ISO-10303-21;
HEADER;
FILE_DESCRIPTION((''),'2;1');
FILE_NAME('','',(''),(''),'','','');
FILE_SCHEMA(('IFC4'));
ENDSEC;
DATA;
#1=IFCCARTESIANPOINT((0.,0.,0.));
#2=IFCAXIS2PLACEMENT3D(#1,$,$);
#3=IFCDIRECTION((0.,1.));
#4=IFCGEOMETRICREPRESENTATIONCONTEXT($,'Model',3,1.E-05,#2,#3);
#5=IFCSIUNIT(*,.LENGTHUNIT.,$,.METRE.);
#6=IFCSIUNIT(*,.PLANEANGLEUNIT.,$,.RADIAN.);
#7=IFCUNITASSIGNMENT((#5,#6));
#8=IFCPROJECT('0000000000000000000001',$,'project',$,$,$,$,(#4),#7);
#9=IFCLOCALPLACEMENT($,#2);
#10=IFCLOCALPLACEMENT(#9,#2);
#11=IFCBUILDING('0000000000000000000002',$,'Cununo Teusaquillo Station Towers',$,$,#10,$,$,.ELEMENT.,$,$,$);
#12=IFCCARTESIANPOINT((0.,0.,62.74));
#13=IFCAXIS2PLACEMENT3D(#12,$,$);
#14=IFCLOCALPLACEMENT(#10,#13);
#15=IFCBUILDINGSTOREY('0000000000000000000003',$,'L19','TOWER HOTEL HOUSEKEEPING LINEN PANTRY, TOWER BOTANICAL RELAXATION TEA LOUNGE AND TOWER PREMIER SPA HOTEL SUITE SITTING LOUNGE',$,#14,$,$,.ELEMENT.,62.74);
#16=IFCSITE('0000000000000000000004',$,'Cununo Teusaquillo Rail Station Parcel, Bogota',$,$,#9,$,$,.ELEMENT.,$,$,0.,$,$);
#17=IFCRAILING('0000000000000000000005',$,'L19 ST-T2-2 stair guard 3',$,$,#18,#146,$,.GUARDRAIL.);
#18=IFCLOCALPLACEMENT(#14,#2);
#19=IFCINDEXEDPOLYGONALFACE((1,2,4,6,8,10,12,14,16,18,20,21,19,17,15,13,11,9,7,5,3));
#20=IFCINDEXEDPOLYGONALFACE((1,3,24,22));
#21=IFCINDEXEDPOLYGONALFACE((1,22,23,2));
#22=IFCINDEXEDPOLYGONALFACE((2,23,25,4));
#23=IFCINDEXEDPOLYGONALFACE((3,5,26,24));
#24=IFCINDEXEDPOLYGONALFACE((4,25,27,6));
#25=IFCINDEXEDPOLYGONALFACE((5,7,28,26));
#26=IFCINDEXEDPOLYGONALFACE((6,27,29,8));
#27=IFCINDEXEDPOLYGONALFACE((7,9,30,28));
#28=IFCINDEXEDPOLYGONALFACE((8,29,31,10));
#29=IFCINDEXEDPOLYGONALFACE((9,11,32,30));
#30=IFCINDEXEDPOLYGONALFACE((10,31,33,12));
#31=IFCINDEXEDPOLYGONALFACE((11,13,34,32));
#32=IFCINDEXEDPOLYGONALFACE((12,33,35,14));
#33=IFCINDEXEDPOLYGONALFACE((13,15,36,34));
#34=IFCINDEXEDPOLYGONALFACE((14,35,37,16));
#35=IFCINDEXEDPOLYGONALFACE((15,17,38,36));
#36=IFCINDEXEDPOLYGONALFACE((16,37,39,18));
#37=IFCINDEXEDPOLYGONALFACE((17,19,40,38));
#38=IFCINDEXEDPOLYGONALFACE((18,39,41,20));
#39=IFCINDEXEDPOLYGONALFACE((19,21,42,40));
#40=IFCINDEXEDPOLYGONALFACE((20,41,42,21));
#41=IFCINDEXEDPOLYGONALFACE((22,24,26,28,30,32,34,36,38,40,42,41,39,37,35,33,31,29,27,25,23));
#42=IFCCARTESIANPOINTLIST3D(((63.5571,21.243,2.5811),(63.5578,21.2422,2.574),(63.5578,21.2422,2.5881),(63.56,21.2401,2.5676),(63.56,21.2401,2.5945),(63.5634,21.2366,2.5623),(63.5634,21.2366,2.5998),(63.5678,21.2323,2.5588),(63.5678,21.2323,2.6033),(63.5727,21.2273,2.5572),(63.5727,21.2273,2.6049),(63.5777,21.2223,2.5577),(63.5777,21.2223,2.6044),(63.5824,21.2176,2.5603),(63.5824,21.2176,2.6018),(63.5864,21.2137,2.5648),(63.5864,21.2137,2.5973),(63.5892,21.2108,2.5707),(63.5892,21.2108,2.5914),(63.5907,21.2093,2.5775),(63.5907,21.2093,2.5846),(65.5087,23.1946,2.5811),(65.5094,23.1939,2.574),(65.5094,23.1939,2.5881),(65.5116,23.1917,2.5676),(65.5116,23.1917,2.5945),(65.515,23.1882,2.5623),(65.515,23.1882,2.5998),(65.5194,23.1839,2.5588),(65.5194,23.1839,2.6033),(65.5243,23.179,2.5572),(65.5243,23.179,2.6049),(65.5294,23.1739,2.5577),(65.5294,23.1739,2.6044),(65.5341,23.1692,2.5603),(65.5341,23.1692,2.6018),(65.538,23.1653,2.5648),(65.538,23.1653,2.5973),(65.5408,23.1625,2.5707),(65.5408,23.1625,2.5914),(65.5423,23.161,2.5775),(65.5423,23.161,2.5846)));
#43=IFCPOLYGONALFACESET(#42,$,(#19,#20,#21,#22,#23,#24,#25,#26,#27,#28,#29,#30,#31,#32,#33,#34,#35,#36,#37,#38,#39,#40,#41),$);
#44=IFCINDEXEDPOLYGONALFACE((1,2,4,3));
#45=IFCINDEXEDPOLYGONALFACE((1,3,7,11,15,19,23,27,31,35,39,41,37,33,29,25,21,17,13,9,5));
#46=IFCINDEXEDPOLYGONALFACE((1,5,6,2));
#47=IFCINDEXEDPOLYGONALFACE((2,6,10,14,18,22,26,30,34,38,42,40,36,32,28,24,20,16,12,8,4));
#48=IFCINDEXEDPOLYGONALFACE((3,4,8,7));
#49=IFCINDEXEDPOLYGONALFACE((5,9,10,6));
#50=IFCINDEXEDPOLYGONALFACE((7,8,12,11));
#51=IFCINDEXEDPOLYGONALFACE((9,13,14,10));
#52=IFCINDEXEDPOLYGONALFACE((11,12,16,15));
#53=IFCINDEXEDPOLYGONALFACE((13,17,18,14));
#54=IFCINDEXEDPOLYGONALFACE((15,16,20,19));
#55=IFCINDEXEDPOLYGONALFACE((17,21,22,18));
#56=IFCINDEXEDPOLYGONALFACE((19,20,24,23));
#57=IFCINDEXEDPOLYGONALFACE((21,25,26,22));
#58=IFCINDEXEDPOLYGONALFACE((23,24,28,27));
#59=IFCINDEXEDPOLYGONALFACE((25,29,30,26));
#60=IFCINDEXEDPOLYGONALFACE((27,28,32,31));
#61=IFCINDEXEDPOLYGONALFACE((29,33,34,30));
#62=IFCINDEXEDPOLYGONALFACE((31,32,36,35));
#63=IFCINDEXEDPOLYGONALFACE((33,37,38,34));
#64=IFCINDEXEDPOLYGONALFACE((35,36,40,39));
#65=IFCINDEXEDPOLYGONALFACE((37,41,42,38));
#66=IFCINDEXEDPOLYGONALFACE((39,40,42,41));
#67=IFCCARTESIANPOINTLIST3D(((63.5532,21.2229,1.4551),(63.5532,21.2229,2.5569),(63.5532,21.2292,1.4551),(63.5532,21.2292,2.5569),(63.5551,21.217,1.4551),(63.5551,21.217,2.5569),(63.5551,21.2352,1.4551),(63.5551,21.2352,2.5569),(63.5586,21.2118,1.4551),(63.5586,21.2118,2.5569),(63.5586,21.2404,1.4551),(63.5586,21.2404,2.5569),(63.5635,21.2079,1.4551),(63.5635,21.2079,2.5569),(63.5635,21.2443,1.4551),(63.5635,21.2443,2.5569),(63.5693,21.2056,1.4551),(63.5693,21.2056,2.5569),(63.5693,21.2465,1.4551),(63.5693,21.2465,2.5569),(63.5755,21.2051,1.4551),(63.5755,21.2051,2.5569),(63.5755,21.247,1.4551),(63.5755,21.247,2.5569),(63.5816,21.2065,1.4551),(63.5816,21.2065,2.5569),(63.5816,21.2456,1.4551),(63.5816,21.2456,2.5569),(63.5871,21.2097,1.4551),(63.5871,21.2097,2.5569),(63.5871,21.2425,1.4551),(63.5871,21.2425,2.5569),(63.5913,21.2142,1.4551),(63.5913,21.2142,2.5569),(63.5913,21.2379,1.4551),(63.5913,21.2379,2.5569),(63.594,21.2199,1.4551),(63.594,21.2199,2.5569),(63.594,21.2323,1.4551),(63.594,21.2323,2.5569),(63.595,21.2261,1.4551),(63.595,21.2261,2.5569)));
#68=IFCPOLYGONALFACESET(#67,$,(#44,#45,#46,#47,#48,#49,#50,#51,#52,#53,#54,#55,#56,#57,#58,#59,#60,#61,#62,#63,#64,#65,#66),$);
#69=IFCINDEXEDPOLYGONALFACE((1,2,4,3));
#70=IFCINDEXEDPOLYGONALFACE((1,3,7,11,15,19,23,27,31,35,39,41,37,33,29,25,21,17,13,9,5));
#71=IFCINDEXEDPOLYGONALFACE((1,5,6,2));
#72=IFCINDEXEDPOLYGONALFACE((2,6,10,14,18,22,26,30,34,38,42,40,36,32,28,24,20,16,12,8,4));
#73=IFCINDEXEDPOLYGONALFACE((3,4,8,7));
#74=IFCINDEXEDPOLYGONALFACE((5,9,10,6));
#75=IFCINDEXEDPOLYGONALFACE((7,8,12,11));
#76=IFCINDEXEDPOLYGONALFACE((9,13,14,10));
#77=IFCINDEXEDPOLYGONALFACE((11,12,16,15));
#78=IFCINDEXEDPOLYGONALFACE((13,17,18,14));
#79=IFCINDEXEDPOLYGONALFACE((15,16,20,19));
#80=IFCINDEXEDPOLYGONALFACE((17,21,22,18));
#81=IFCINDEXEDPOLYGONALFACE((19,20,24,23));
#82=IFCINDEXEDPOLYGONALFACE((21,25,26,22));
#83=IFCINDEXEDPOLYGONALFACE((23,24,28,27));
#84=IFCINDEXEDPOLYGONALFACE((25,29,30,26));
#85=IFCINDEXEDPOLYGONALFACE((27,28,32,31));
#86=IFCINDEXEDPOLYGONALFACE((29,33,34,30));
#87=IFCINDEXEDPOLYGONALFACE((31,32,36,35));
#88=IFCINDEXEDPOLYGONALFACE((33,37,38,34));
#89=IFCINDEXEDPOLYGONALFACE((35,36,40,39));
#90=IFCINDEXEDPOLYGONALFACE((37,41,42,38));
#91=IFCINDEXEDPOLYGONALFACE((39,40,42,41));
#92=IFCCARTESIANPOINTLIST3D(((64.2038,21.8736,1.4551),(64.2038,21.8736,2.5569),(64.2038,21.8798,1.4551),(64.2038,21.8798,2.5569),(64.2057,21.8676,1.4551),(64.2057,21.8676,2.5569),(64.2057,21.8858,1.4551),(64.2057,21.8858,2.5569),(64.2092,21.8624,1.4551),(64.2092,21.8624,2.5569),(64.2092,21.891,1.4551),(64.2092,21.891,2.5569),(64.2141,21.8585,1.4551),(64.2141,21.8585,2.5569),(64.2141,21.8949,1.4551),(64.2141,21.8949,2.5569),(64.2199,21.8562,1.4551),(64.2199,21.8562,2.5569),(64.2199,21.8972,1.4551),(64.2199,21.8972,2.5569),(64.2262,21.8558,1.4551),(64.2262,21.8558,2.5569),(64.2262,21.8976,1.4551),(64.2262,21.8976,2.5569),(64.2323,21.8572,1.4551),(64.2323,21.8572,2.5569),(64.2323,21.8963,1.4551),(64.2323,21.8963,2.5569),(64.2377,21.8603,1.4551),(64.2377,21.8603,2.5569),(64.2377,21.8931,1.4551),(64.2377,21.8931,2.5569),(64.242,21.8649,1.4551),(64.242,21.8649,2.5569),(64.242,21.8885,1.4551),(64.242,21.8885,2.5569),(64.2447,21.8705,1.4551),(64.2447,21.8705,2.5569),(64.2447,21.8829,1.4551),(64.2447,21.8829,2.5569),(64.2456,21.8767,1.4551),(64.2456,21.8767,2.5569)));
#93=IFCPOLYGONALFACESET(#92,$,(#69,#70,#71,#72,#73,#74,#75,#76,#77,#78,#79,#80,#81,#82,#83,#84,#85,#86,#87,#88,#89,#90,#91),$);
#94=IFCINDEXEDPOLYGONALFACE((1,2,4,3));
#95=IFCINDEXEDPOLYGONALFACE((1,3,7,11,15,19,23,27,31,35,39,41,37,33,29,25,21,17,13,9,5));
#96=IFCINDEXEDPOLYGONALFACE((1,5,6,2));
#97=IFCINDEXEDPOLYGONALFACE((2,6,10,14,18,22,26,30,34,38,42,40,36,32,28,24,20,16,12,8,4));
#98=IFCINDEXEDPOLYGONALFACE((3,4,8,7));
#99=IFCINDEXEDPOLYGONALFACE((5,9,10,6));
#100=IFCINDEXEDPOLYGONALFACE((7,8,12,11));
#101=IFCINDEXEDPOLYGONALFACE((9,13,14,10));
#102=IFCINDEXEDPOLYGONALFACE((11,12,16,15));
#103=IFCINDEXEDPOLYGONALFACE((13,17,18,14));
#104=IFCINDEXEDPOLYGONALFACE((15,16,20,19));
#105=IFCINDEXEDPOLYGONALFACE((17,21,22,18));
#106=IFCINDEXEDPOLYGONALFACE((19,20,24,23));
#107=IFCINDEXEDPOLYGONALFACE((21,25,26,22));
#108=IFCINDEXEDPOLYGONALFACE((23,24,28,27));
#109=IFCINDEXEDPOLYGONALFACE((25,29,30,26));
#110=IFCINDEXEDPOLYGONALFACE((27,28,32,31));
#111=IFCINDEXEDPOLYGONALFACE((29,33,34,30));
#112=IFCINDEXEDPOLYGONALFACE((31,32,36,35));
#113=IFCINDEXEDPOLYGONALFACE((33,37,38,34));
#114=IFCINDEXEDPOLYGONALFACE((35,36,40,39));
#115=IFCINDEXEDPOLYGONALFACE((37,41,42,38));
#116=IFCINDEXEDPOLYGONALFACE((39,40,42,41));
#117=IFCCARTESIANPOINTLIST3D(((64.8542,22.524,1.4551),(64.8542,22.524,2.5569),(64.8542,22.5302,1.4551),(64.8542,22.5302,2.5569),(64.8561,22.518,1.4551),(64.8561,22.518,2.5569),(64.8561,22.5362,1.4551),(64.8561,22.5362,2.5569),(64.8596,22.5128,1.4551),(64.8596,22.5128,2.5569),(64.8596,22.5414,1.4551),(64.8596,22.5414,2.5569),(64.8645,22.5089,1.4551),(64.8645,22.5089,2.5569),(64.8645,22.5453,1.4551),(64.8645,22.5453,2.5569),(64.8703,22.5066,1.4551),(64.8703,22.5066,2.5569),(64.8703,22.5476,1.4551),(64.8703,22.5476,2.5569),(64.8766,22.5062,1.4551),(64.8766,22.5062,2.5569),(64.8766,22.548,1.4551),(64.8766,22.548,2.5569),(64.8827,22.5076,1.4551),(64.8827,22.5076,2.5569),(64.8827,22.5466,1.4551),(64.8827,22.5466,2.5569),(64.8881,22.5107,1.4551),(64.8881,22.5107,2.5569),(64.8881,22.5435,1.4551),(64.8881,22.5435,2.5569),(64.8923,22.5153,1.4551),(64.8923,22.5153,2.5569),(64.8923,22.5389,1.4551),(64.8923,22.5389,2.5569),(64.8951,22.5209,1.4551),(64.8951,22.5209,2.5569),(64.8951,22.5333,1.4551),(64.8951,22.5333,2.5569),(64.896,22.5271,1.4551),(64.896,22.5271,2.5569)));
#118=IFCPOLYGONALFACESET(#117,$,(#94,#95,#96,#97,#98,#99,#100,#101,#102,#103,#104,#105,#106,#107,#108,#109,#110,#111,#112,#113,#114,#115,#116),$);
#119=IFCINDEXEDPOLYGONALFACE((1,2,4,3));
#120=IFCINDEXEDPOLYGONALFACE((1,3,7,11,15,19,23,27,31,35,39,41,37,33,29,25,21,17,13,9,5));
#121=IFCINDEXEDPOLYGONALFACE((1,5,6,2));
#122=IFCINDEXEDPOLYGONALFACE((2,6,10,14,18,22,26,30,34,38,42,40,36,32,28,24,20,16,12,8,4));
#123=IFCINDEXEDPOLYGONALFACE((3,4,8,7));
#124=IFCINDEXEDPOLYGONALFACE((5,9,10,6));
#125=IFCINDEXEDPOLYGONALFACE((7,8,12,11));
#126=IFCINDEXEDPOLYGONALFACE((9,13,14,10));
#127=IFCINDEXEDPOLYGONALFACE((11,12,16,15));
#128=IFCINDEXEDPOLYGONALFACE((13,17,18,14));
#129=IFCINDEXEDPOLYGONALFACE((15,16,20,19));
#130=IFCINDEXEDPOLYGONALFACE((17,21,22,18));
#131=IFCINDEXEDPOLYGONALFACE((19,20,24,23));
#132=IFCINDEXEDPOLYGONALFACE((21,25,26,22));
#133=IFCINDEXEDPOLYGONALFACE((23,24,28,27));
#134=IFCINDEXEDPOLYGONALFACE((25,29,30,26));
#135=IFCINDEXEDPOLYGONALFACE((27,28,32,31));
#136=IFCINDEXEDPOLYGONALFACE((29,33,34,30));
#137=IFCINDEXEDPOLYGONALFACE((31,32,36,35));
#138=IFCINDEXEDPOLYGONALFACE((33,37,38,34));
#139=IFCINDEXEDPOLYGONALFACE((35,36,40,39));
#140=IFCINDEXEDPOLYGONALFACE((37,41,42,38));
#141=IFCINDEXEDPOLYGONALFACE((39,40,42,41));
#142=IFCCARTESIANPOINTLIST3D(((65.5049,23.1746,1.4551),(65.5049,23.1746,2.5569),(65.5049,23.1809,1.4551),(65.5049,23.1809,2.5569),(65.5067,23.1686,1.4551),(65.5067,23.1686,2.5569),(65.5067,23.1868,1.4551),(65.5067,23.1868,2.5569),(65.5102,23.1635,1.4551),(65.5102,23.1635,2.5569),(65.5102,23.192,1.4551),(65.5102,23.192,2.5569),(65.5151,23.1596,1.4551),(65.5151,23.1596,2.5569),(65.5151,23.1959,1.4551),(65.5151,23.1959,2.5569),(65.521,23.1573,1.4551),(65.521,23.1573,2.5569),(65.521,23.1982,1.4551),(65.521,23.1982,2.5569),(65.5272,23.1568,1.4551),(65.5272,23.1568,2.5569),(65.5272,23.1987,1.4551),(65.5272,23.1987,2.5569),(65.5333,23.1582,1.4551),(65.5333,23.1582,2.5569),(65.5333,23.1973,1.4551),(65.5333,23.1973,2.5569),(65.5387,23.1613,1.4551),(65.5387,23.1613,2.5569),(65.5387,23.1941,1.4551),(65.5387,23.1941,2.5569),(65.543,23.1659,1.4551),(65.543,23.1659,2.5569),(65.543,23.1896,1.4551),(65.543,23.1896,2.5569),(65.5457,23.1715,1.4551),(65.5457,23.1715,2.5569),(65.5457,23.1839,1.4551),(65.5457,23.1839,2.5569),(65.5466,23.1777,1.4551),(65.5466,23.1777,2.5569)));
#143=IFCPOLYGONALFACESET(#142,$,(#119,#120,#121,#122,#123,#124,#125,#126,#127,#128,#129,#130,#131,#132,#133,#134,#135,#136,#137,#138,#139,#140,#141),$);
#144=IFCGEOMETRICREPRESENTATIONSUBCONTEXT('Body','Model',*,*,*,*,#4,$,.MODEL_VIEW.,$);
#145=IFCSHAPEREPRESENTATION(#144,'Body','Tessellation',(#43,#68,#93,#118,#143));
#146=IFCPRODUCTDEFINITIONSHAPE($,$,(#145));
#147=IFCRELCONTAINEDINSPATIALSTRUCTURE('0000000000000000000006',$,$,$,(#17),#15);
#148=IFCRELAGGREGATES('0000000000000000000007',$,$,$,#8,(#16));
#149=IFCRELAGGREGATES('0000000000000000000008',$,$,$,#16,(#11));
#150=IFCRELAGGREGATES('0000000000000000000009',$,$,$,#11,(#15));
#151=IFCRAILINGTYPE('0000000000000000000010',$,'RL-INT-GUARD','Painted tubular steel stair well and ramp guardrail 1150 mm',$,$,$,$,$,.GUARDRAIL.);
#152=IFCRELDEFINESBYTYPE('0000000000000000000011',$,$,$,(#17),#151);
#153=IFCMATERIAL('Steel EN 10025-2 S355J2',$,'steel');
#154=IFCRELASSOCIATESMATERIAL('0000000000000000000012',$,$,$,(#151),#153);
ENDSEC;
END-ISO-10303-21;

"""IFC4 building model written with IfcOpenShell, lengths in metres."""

from ifc_helpers import new_model, si_unit, direction, frame, origin, origin_2d, place, context, subcontext, project, spatial, circle, extrude, material, type_object, element, save


model = new_model("IFC4")

# Units and contexts
model_context = context("Model", 3, precision=1e-05, world=origin(), true_north=direction((0.0, 1.0)))
body_context = subcontext(model_context, "Body", "Model", "MODEL_VIEW")
ifc_project = project(units=[si_unit("LENGTHUNIT", "METRE"), si_unit("PLANEANGLEUNIT", "RADIAN")], contexts=[model_context])

# Site, building, storey
site_placement = place(None, origin())
site = spatial("IfcSite", under=ifc_project, at=site_placement, Name="Cununo Teusaquillo Rail Station Parcel, Bogota", CompositionType="ELEMENT", RefElevation=0.0)
building_placement = place(site_placement, origin())
building = spatial("IfcBuilding", under=site, at=building_placement, Name="Cununo Teusaquillo Station Towers", CompositionType="ELEMENT")
storey_placement = place(building_placement, frame((0.0, 0.0, 62.74)))
storey = spatial("IfcBuildingStorey", under=building, at=storey_placement, Name="L19", Description="TOWER HOTEL HOUSEKEEPING LINEN PANTRY, TOWER BOTANICAL RELAXATION TEA LOUNGE AND TOWER PREMIER SPA HOTEL SUITE SITTING LOUNGE", CompositionType="ELEMENT", Elevation=62.74)

# Railing
ifc_material_1 = material(Name="Steel EN 10025-2 S355J2", Category="steel")
railing_type = type_object("IfcRailingType", Name="RL-INT-GUARD", Description="Painted tubular steel stair well and ramp guardrail 1150 mm", PredefinedType="GUARDRAIL", material=ifc_material_1)
railing_1_placement = place(storey_placement, frame((63.574, 21.2261, 1.4551)))
element("IfcRailing", 1, at=railing_1_placement, inside=storey, type_object=railing_type, Name="L19 ST-T2-2 stair guard 3", PredefinedType="GUARDRAIL", context=body_context, shape_type="SweptSolid", body=[
    extrude(circle(Radius=0.0239, at=origin_2d()), frame((0.0, 0.0, 1.126), z_axis=(0.707107, 0.707107, 0.0), x_axis=(-0.707107, 0.707107, 0.0)), (0.0, 0.0, 1.0), 2.76),
    extrude(circle(Radius=0.021, at=origin_2d()), origin(), (0.0, 0.0, 1.0), 1.1018),
    extrude(circle(Radius=0.021, at=origin_2d()), frame((0.6506, 0.6506, 0.0)), (0.0, 0.0, 1.0), 1.1018),
    extrude(circle(Radius=0.021, at=origin_2d()), frame((1.301, 1.301, 0.0)), (0.0, 0.0, 1.0), 1.1018),
    extrude(circle(Radius=0.021, at=origin_2d()), frame((1.9517, 1.9517, 0.0)), (0.0, 0.0, 1.0), 1.1018),
])

save(model, "model.ifc")
